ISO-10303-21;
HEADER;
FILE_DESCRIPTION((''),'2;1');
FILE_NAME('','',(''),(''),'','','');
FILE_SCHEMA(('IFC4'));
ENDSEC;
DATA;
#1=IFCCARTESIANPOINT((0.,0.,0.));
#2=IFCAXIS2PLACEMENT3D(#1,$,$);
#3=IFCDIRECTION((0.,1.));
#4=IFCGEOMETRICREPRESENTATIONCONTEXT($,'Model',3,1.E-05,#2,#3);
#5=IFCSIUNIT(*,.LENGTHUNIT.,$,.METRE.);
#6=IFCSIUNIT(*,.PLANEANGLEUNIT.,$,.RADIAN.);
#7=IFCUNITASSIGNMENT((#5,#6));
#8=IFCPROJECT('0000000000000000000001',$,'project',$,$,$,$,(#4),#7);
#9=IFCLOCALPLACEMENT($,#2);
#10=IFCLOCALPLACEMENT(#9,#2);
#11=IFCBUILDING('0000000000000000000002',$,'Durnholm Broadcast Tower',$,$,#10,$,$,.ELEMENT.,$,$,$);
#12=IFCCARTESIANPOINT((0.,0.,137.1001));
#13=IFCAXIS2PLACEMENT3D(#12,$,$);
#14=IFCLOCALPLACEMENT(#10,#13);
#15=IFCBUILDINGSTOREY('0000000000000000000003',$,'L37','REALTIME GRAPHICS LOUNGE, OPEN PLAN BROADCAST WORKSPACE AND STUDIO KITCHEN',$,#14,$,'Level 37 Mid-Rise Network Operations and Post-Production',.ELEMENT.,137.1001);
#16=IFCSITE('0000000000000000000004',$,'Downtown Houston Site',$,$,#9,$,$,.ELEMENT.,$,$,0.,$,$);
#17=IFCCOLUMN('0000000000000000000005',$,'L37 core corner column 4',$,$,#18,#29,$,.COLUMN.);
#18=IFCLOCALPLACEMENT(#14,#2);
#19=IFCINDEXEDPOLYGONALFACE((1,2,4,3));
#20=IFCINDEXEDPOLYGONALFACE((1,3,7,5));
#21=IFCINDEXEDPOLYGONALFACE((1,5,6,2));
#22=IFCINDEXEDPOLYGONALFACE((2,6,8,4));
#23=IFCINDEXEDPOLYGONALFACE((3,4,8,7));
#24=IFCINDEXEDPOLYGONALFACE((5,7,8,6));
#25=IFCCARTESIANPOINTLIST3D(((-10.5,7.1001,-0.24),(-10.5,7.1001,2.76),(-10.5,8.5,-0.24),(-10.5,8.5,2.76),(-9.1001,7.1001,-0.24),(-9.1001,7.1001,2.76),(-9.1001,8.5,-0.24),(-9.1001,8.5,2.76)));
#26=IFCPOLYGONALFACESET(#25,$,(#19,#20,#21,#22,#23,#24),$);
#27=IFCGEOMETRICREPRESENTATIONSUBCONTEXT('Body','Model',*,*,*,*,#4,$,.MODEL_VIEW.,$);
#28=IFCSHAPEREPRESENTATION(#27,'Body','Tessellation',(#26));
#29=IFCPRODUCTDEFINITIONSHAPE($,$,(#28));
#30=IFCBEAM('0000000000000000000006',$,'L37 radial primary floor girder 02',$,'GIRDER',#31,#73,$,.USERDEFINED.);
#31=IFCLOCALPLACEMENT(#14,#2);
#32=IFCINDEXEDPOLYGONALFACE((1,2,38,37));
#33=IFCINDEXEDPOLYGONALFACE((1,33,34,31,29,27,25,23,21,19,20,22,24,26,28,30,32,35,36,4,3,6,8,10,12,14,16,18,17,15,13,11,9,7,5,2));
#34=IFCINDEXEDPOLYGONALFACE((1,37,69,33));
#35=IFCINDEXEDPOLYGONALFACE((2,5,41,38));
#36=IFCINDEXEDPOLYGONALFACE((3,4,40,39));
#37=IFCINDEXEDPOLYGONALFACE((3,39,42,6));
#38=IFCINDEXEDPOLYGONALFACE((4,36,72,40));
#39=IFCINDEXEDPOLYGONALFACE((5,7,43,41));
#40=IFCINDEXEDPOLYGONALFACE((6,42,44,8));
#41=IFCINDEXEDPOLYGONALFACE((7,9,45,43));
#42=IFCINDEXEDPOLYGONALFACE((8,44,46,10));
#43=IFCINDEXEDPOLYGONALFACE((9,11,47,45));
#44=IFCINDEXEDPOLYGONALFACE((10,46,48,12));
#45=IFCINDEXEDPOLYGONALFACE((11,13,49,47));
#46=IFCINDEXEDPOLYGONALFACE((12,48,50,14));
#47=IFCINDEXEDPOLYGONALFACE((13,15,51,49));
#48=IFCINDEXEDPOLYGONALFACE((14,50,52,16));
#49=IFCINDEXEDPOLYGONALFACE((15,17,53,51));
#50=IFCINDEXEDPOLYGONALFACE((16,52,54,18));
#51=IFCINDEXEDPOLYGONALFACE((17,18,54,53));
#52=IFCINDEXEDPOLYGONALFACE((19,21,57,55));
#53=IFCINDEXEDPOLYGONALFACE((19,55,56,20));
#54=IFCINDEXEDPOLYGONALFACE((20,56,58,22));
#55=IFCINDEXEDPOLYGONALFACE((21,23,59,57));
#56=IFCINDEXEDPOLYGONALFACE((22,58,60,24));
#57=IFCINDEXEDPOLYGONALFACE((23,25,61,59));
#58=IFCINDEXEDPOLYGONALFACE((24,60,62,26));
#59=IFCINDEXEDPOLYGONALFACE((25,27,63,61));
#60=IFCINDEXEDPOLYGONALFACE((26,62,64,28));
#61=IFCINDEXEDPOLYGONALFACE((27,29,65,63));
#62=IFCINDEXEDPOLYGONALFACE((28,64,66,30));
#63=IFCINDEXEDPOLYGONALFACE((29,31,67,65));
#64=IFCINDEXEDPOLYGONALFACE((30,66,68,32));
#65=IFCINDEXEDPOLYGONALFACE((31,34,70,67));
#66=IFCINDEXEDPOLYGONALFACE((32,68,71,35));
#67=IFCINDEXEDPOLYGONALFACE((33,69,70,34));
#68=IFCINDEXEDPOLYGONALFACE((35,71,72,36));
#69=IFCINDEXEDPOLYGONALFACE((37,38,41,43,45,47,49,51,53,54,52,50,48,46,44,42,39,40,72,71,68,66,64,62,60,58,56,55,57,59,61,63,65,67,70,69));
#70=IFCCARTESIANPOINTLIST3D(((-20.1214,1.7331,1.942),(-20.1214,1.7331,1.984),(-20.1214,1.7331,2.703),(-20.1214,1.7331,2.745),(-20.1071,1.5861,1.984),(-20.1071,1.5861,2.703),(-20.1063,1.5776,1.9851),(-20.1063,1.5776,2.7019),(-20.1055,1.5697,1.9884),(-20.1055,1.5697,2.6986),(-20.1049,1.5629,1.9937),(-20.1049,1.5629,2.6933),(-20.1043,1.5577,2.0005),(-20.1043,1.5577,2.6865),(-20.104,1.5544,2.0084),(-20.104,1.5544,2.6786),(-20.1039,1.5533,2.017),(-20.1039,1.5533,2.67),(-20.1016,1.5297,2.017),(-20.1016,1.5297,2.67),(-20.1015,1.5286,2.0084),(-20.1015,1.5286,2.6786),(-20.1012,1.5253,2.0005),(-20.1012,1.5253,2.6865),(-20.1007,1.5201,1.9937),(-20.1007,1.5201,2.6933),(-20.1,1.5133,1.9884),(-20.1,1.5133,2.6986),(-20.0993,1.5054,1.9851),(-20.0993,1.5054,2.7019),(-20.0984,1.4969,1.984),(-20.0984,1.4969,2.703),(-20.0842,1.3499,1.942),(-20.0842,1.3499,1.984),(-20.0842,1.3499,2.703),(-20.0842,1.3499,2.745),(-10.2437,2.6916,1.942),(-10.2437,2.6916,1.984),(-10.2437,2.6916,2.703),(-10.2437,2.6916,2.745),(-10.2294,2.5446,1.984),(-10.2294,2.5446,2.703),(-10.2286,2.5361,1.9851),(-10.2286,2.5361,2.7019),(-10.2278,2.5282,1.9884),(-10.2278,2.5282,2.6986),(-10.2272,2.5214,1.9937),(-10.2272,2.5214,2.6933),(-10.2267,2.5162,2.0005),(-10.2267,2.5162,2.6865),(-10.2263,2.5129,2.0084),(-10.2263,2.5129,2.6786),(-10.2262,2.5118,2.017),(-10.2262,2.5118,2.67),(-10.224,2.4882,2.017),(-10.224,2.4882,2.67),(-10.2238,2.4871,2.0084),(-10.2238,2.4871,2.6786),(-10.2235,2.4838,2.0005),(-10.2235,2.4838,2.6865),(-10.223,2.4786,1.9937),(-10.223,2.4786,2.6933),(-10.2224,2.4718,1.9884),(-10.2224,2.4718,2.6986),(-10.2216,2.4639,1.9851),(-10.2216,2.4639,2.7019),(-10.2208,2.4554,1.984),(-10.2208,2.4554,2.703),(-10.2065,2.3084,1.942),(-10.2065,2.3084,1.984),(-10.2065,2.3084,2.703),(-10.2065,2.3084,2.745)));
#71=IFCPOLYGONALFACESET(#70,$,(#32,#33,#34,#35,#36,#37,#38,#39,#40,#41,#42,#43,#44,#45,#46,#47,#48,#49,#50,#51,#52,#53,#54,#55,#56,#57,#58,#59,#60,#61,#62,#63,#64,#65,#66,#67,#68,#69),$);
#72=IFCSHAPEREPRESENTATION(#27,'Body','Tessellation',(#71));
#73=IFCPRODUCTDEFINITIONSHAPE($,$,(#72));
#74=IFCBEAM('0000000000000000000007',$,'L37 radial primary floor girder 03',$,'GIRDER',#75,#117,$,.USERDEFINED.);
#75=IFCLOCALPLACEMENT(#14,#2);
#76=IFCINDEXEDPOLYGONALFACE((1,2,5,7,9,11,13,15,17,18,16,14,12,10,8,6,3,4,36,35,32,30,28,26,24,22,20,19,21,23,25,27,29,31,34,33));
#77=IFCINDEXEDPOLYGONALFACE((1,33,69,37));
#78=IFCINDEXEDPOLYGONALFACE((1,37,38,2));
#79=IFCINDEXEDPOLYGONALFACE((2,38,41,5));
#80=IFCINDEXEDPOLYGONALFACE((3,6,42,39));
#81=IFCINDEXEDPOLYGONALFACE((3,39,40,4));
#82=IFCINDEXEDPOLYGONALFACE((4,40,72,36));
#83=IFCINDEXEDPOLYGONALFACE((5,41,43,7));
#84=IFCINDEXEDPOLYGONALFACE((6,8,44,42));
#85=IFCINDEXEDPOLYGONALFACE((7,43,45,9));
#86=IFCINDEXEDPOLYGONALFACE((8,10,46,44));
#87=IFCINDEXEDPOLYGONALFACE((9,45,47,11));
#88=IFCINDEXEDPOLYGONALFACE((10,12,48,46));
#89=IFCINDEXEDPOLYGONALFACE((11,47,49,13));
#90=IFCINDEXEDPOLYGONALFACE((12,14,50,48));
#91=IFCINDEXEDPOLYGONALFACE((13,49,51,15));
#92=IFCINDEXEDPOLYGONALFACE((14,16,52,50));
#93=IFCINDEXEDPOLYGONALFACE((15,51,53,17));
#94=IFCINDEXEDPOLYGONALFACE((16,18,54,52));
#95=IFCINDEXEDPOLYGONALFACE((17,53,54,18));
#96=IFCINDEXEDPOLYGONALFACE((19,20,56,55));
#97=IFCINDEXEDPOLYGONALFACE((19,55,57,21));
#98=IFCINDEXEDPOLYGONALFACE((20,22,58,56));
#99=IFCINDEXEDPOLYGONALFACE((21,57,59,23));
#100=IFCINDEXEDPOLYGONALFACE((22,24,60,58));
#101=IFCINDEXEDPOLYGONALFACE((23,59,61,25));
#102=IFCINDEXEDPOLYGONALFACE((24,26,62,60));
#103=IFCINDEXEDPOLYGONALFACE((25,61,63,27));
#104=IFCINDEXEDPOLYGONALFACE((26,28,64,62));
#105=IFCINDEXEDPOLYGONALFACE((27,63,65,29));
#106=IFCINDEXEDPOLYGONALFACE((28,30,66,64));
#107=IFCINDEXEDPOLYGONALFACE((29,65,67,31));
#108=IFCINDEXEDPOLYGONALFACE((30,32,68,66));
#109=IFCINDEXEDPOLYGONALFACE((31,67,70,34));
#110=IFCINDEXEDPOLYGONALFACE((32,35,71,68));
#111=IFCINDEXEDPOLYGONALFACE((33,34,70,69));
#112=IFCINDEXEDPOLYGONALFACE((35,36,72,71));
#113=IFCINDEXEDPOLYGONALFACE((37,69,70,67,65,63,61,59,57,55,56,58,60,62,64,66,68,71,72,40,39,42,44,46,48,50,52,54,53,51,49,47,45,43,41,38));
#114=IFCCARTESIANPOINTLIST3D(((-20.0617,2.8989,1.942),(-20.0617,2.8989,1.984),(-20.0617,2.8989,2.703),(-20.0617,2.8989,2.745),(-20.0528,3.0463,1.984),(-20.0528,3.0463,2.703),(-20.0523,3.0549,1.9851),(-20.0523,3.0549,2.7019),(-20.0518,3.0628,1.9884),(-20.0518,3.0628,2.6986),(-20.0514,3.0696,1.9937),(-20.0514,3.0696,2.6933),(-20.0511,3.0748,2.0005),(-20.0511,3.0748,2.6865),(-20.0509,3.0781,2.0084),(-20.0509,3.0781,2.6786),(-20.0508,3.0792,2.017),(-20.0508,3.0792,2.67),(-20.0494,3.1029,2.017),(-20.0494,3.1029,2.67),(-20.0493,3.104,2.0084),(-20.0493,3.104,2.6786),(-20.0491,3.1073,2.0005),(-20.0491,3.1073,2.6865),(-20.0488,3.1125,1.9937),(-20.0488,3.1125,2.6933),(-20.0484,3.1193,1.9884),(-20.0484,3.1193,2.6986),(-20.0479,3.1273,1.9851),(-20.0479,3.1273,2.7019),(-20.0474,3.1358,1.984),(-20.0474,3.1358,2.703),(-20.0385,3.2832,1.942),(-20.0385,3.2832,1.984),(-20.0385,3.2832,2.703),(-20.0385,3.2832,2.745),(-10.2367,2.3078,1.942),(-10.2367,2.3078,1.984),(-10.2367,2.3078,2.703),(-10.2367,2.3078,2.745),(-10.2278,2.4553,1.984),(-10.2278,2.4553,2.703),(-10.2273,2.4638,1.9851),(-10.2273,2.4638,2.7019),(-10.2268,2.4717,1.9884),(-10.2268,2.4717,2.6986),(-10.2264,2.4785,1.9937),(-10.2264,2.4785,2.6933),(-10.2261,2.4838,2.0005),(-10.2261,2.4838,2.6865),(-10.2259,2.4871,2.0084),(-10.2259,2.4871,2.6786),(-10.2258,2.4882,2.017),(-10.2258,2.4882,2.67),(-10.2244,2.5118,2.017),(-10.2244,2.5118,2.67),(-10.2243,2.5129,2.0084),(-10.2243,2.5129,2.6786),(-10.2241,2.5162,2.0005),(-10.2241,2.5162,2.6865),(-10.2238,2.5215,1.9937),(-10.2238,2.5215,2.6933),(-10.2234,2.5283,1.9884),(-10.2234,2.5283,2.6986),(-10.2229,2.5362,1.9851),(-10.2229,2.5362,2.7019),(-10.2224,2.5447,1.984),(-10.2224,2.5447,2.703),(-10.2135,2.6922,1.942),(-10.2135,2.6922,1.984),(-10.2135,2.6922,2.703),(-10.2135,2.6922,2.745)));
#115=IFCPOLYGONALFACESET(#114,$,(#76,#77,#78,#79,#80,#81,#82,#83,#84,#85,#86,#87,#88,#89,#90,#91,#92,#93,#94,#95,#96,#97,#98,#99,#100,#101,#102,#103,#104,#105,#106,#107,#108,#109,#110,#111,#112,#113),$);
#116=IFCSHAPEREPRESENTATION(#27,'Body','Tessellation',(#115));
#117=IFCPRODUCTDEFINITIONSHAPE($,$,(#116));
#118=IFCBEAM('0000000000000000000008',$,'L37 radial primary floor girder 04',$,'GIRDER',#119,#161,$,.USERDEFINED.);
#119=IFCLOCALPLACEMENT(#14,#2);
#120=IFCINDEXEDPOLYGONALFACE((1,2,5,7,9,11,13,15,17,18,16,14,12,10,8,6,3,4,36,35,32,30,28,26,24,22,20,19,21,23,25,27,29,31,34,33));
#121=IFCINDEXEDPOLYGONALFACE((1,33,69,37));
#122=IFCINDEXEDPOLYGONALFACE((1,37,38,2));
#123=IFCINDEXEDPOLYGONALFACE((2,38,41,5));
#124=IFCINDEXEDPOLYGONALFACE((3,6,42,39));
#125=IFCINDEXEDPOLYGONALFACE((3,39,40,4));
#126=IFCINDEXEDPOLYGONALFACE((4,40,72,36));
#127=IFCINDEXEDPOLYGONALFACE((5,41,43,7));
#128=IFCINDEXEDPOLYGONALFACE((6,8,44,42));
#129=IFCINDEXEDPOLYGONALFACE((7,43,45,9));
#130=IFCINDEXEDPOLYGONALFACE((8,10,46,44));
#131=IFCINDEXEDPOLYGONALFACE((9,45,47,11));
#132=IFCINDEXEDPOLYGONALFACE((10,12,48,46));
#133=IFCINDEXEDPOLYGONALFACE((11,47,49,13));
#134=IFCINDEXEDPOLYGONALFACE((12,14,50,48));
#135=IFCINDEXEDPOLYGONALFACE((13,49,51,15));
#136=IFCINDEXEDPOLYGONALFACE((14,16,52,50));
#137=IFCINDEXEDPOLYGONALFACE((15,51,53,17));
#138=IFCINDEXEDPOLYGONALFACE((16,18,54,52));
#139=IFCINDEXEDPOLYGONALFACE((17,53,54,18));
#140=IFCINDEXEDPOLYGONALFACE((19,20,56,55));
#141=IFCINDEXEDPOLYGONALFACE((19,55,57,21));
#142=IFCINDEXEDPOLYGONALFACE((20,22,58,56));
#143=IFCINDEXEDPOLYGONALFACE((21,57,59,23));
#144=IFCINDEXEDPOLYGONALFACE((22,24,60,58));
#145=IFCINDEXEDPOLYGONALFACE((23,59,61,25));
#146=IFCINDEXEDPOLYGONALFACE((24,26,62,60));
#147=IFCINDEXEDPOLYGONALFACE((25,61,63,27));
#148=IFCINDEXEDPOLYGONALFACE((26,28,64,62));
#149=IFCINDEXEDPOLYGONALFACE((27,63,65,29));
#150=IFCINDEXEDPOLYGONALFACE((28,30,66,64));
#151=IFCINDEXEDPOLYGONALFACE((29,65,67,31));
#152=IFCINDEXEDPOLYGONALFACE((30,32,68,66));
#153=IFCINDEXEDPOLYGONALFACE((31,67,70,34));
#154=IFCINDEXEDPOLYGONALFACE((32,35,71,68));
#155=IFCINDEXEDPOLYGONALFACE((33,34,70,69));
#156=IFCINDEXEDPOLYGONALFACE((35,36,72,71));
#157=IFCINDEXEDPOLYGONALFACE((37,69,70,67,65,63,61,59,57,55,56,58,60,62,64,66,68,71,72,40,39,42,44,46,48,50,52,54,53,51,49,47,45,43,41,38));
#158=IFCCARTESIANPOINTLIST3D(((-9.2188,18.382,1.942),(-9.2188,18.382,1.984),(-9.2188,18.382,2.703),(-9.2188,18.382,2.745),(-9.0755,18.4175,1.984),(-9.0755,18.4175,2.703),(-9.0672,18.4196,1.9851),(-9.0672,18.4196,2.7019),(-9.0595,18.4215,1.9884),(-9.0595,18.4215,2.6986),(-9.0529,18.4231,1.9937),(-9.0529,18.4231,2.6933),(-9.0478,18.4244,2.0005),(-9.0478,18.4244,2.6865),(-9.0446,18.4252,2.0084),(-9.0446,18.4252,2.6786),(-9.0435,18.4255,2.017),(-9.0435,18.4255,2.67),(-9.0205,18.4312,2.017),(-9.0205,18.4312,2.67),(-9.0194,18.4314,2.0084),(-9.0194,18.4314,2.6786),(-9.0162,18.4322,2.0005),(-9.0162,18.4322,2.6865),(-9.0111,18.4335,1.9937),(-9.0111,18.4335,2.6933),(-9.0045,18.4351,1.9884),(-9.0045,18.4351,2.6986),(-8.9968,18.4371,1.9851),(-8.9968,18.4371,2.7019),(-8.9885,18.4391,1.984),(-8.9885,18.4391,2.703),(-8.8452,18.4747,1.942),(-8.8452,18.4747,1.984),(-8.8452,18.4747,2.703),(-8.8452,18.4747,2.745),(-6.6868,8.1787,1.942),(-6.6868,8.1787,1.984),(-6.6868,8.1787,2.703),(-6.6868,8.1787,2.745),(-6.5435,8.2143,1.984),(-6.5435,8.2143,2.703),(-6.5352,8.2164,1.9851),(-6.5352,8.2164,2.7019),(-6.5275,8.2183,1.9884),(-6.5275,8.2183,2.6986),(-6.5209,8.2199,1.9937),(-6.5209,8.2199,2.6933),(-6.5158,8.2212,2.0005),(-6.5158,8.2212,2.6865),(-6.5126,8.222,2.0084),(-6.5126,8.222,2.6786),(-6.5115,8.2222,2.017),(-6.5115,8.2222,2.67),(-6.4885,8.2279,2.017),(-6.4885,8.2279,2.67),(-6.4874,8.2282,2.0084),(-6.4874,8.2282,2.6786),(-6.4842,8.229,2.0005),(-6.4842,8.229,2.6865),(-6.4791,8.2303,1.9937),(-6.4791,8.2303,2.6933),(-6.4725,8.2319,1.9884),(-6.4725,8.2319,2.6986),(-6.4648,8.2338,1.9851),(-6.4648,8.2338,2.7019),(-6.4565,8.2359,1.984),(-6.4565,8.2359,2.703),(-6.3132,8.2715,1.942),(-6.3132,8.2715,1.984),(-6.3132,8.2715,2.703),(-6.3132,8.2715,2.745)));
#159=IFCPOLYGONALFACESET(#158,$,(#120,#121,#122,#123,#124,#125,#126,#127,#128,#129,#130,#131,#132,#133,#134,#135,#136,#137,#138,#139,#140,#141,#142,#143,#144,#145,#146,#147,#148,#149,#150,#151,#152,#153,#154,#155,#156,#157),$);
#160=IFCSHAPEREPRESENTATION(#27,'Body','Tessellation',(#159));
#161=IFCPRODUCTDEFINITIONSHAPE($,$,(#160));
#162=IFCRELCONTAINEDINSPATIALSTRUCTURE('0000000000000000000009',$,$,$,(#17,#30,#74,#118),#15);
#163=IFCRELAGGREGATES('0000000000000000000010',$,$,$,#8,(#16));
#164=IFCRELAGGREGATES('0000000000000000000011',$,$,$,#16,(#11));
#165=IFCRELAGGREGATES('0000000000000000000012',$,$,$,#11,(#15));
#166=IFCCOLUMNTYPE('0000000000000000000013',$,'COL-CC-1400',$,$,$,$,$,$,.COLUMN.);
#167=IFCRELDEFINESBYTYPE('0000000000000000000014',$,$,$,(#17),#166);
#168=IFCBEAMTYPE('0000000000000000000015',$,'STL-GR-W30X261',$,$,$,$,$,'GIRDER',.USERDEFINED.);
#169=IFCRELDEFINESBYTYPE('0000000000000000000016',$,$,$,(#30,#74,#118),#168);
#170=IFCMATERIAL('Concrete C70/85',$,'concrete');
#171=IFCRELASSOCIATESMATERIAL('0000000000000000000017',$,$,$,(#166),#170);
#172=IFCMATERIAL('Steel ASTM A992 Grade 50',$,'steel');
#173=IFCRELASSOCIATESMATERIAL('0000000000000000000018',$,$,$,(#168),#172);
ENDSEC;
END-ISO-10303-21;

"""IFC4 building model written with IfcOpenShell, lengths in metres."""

from ifc_helpers import new_model, si_unit, direction, frame, origin, origin_2d, place, context, subcontext, project, spatial, rectangle, i_section, extrude, source, transform, mapped, material, material_profile, profile_set, type_object, type_shapes, element, save


model = new_model("IFC4")

# Units and contexts
model_context = context("Model", 3, precision=1e-05, world=origin(), true_north=direction((0.0, 1.0)))
body_context = subcontext(model_context, "Body", "Model", "MODEL_VIEW")
ifc_project = project(units=[si_unit("LENGTHUNIT", "METRE"), si_unit("PLANEANGLEUNIT", "RADIAN")], contexts=[model_context])

# Site, building, storey
site_placement = place(None, origin())
site = spatial("IfcSite", under=ifc_project, at=site_placement, Name="Downtown Houston Site", CompositionType="ELEMENT", RefElevation=0.0)
building_placement = place(site_placement, origin())
building = spatial("IfcBuilding", under=site, at=building_placement, Name="Durnholm Broadcast Tower", CompositionType="ELEMENT")
storey_placement = place(building_placement, frame((0.0, 0.0, 137.1001)))
storey = spatial("IfcBuildingStorey", under=building, at=storey_placement, Name="L37", Description="REALTIME GRAPHICS LOUNGE, OPEN PLAN BROADCAST WORKSPACE AND STUDIO KITCHEN", LongName="Level 37 Mid-Rise Network Operations and Post-Production", CompositionType="ELEMENT", Elevation=137.1001)

# Column
ifc_material_1 = material(Name="Concrete C70/85", Category="concrete")
ifc_material_profile_1 = material_profile(ifc_material_1, rectangle(XDim=1.3999, YDim=1.3999, at=origin_2d()), Name="RC1400X1400")
ifc_profile_set_1 = profile_set([ifc_material_profile_1], Name="Concrete C70/85")
column_type = type_object("IfcColumnType", Name="COL-CC-1400", PredefinedType="COLUMN", material=ifc_profile_set_1)
shared_shape_1 = source(origin(), body_context, "Body", "SweptSolid", [
    extrude(rectangle(XDim=1.3999, YDim=1.3999, at=origin_2d()), origin(), (0.0, 0.0, 1.0), 3.0),
])
type_shapes(column_type, [shared_shape_1])
column_placement = place(storey_placement, frame((-9.8, 7.8, -0.24), z_axis=(0.0, 0.0, 1.0), x_axis=(1.0, 0.0, 0.0)))
element("IfcColumn", 1, at=column_placement, inside=storey, type_object=column_type, Name="L37 core corner column 4", PredefinedType="COLUMN", context=body_context, shape_type="MappedRepresentation", body=[
    mapped(shared_shape_1, transform((0.0, 0.0, 0.0), x_axis=(1.0, 0.0, 0.0), y_axis=(0.0, 1.0, 0.0), z_axis=(0.0, 0.0, 1.0), scale=1.0)),
])

# Beams
ifc_material_2 = material(Name="Steel ASTM A992 Grade 50", Category="steel")
ifc_material_profile_2 = material_profile(ifc_material_2, i_section(OverallWidth=0.385, OverallDepth=0.803, WebThickness=0.0237, FlangeThickness=0.042, FilletRadius=0.033, at=origin_2d()), Name="W30X261")
ifc_profile_set_2 = profile_set([ifc_material_profile_2], Name="Steel ASTM A992 Grade 50")
beam_type_1 = type_object("IfcBeamType", Name="STL-GR-W30X261", ElementType="GIRDER", PredefinedType="USERDEFINED", material=ifc_profile_set_2)
shared_shape_2 = source(origin(), body_context, "Body", "SweptSolid", [
    extrude(i_section(OverallWidth=0.385, OverallDepth=0.803, WebThickness=0.0237, FlangeThickness=0.042, FilletRadius=0.033, at=origin_2d()), origin(), (0.0, 0.0, 1.0), 9.9241),
])
beam_1_placement = place(storey_placement, frame((-10.2251, 2.5, 2.3435), z_axis=(-0.995325, -0.096583, 0.0), x_axis=(0.096583, -0.995325, 0.0)))
element("IfcBeam", 2, at=beam_1_placement, inside=storey, type_object=beam_type_1, Name="L37 radial primary floor girder 02", ObjectType="GIRDER", PredefinedType="USERDEFINED", context=body_context, shape_type="MappedRepresentation", body=[
    mapped(shared_shape_2, transform((0.0, 0.0, 0.0), x_axis=(1.0, 0.0, 0.0), y_axis=(0.0, 1.0, 0.0), z_axis=(0.0, 0.0, 1.0), scale=1.0)),
])
shared_shape_3 = source(origin(), body_context, "Body", "SweptSolid", [
    extrude(i_section(OverallWidth=0.385, OverallDepth=0.803, WebThickness=0.0237, FlangeThickness=0.042, FilletRadius=0.033, at=origin_2d()), origin(), (0.0, 0.0, 1.0), 9.8428),
])
beam_2_placement = place(storey_placement, frame((-10.2251, 2.5, 2.3435), z_axis=(-0.998195, 0.060051, 0.0), x_axis=(-0.060051, -0.998195, 0.0)))
element("IfcBeam", 3, at=beam_2_placement, inside=storey, type_object=beam_type_1, Name="L37 radial primary floor girder 03", ObjectType="GIRDER", PredefinedType="USERDEFINED", context=body_context, shape_type="MappedRepresentation", body=[
    mapped(shared_shape_3, transform((0.0, 0.0, 0.0), x_axis=(1.0, 0.0, 0.0), y_axis=(0.0, 1.0, 0.0), z_axis=(0.0, 0.0, 1.0), scale=1.0)),
])
shared_shape_4 = source(origin(), body_context, "Body", "SweptSolid", [
    extrude(i_section(OverallWidth=0.385, OverallDepth=0.803, WebThickness=0.0237, FlangeThickness=0.042, FilletRadius=0.033, at=origin_2d()), origin(), (0.0, 0.0, 1.0), 10.5127),
])
beam_3_placement = place(storey_placement, frame((-6.5, 8.2251, 2.3435), z_axis=(-0.240852, 0.970562, 0.0), x_axis=(-0.970562, -0.240852, 0.0)))
element("IfcBeam", 4, at=beam_3_placement, inside=storey, type_object=beam_type_1, Name="L37 radial primary floor girder 04", ObjectType="GIRDER", PredefinedType="USERDEFINED", context=body_context, shape_type="MappedRepresentation", body=[
    mapped(shared_shape_4, transform((0.0, 0.0, 0.0), x_axis=(1.0, 0.0, 0.0), y_axis=(0.0, 1.0, 0.0), z_axis=(0.0, 0.0, 1.0), scale=1.0)),
])

save(model, "model.ifc")
